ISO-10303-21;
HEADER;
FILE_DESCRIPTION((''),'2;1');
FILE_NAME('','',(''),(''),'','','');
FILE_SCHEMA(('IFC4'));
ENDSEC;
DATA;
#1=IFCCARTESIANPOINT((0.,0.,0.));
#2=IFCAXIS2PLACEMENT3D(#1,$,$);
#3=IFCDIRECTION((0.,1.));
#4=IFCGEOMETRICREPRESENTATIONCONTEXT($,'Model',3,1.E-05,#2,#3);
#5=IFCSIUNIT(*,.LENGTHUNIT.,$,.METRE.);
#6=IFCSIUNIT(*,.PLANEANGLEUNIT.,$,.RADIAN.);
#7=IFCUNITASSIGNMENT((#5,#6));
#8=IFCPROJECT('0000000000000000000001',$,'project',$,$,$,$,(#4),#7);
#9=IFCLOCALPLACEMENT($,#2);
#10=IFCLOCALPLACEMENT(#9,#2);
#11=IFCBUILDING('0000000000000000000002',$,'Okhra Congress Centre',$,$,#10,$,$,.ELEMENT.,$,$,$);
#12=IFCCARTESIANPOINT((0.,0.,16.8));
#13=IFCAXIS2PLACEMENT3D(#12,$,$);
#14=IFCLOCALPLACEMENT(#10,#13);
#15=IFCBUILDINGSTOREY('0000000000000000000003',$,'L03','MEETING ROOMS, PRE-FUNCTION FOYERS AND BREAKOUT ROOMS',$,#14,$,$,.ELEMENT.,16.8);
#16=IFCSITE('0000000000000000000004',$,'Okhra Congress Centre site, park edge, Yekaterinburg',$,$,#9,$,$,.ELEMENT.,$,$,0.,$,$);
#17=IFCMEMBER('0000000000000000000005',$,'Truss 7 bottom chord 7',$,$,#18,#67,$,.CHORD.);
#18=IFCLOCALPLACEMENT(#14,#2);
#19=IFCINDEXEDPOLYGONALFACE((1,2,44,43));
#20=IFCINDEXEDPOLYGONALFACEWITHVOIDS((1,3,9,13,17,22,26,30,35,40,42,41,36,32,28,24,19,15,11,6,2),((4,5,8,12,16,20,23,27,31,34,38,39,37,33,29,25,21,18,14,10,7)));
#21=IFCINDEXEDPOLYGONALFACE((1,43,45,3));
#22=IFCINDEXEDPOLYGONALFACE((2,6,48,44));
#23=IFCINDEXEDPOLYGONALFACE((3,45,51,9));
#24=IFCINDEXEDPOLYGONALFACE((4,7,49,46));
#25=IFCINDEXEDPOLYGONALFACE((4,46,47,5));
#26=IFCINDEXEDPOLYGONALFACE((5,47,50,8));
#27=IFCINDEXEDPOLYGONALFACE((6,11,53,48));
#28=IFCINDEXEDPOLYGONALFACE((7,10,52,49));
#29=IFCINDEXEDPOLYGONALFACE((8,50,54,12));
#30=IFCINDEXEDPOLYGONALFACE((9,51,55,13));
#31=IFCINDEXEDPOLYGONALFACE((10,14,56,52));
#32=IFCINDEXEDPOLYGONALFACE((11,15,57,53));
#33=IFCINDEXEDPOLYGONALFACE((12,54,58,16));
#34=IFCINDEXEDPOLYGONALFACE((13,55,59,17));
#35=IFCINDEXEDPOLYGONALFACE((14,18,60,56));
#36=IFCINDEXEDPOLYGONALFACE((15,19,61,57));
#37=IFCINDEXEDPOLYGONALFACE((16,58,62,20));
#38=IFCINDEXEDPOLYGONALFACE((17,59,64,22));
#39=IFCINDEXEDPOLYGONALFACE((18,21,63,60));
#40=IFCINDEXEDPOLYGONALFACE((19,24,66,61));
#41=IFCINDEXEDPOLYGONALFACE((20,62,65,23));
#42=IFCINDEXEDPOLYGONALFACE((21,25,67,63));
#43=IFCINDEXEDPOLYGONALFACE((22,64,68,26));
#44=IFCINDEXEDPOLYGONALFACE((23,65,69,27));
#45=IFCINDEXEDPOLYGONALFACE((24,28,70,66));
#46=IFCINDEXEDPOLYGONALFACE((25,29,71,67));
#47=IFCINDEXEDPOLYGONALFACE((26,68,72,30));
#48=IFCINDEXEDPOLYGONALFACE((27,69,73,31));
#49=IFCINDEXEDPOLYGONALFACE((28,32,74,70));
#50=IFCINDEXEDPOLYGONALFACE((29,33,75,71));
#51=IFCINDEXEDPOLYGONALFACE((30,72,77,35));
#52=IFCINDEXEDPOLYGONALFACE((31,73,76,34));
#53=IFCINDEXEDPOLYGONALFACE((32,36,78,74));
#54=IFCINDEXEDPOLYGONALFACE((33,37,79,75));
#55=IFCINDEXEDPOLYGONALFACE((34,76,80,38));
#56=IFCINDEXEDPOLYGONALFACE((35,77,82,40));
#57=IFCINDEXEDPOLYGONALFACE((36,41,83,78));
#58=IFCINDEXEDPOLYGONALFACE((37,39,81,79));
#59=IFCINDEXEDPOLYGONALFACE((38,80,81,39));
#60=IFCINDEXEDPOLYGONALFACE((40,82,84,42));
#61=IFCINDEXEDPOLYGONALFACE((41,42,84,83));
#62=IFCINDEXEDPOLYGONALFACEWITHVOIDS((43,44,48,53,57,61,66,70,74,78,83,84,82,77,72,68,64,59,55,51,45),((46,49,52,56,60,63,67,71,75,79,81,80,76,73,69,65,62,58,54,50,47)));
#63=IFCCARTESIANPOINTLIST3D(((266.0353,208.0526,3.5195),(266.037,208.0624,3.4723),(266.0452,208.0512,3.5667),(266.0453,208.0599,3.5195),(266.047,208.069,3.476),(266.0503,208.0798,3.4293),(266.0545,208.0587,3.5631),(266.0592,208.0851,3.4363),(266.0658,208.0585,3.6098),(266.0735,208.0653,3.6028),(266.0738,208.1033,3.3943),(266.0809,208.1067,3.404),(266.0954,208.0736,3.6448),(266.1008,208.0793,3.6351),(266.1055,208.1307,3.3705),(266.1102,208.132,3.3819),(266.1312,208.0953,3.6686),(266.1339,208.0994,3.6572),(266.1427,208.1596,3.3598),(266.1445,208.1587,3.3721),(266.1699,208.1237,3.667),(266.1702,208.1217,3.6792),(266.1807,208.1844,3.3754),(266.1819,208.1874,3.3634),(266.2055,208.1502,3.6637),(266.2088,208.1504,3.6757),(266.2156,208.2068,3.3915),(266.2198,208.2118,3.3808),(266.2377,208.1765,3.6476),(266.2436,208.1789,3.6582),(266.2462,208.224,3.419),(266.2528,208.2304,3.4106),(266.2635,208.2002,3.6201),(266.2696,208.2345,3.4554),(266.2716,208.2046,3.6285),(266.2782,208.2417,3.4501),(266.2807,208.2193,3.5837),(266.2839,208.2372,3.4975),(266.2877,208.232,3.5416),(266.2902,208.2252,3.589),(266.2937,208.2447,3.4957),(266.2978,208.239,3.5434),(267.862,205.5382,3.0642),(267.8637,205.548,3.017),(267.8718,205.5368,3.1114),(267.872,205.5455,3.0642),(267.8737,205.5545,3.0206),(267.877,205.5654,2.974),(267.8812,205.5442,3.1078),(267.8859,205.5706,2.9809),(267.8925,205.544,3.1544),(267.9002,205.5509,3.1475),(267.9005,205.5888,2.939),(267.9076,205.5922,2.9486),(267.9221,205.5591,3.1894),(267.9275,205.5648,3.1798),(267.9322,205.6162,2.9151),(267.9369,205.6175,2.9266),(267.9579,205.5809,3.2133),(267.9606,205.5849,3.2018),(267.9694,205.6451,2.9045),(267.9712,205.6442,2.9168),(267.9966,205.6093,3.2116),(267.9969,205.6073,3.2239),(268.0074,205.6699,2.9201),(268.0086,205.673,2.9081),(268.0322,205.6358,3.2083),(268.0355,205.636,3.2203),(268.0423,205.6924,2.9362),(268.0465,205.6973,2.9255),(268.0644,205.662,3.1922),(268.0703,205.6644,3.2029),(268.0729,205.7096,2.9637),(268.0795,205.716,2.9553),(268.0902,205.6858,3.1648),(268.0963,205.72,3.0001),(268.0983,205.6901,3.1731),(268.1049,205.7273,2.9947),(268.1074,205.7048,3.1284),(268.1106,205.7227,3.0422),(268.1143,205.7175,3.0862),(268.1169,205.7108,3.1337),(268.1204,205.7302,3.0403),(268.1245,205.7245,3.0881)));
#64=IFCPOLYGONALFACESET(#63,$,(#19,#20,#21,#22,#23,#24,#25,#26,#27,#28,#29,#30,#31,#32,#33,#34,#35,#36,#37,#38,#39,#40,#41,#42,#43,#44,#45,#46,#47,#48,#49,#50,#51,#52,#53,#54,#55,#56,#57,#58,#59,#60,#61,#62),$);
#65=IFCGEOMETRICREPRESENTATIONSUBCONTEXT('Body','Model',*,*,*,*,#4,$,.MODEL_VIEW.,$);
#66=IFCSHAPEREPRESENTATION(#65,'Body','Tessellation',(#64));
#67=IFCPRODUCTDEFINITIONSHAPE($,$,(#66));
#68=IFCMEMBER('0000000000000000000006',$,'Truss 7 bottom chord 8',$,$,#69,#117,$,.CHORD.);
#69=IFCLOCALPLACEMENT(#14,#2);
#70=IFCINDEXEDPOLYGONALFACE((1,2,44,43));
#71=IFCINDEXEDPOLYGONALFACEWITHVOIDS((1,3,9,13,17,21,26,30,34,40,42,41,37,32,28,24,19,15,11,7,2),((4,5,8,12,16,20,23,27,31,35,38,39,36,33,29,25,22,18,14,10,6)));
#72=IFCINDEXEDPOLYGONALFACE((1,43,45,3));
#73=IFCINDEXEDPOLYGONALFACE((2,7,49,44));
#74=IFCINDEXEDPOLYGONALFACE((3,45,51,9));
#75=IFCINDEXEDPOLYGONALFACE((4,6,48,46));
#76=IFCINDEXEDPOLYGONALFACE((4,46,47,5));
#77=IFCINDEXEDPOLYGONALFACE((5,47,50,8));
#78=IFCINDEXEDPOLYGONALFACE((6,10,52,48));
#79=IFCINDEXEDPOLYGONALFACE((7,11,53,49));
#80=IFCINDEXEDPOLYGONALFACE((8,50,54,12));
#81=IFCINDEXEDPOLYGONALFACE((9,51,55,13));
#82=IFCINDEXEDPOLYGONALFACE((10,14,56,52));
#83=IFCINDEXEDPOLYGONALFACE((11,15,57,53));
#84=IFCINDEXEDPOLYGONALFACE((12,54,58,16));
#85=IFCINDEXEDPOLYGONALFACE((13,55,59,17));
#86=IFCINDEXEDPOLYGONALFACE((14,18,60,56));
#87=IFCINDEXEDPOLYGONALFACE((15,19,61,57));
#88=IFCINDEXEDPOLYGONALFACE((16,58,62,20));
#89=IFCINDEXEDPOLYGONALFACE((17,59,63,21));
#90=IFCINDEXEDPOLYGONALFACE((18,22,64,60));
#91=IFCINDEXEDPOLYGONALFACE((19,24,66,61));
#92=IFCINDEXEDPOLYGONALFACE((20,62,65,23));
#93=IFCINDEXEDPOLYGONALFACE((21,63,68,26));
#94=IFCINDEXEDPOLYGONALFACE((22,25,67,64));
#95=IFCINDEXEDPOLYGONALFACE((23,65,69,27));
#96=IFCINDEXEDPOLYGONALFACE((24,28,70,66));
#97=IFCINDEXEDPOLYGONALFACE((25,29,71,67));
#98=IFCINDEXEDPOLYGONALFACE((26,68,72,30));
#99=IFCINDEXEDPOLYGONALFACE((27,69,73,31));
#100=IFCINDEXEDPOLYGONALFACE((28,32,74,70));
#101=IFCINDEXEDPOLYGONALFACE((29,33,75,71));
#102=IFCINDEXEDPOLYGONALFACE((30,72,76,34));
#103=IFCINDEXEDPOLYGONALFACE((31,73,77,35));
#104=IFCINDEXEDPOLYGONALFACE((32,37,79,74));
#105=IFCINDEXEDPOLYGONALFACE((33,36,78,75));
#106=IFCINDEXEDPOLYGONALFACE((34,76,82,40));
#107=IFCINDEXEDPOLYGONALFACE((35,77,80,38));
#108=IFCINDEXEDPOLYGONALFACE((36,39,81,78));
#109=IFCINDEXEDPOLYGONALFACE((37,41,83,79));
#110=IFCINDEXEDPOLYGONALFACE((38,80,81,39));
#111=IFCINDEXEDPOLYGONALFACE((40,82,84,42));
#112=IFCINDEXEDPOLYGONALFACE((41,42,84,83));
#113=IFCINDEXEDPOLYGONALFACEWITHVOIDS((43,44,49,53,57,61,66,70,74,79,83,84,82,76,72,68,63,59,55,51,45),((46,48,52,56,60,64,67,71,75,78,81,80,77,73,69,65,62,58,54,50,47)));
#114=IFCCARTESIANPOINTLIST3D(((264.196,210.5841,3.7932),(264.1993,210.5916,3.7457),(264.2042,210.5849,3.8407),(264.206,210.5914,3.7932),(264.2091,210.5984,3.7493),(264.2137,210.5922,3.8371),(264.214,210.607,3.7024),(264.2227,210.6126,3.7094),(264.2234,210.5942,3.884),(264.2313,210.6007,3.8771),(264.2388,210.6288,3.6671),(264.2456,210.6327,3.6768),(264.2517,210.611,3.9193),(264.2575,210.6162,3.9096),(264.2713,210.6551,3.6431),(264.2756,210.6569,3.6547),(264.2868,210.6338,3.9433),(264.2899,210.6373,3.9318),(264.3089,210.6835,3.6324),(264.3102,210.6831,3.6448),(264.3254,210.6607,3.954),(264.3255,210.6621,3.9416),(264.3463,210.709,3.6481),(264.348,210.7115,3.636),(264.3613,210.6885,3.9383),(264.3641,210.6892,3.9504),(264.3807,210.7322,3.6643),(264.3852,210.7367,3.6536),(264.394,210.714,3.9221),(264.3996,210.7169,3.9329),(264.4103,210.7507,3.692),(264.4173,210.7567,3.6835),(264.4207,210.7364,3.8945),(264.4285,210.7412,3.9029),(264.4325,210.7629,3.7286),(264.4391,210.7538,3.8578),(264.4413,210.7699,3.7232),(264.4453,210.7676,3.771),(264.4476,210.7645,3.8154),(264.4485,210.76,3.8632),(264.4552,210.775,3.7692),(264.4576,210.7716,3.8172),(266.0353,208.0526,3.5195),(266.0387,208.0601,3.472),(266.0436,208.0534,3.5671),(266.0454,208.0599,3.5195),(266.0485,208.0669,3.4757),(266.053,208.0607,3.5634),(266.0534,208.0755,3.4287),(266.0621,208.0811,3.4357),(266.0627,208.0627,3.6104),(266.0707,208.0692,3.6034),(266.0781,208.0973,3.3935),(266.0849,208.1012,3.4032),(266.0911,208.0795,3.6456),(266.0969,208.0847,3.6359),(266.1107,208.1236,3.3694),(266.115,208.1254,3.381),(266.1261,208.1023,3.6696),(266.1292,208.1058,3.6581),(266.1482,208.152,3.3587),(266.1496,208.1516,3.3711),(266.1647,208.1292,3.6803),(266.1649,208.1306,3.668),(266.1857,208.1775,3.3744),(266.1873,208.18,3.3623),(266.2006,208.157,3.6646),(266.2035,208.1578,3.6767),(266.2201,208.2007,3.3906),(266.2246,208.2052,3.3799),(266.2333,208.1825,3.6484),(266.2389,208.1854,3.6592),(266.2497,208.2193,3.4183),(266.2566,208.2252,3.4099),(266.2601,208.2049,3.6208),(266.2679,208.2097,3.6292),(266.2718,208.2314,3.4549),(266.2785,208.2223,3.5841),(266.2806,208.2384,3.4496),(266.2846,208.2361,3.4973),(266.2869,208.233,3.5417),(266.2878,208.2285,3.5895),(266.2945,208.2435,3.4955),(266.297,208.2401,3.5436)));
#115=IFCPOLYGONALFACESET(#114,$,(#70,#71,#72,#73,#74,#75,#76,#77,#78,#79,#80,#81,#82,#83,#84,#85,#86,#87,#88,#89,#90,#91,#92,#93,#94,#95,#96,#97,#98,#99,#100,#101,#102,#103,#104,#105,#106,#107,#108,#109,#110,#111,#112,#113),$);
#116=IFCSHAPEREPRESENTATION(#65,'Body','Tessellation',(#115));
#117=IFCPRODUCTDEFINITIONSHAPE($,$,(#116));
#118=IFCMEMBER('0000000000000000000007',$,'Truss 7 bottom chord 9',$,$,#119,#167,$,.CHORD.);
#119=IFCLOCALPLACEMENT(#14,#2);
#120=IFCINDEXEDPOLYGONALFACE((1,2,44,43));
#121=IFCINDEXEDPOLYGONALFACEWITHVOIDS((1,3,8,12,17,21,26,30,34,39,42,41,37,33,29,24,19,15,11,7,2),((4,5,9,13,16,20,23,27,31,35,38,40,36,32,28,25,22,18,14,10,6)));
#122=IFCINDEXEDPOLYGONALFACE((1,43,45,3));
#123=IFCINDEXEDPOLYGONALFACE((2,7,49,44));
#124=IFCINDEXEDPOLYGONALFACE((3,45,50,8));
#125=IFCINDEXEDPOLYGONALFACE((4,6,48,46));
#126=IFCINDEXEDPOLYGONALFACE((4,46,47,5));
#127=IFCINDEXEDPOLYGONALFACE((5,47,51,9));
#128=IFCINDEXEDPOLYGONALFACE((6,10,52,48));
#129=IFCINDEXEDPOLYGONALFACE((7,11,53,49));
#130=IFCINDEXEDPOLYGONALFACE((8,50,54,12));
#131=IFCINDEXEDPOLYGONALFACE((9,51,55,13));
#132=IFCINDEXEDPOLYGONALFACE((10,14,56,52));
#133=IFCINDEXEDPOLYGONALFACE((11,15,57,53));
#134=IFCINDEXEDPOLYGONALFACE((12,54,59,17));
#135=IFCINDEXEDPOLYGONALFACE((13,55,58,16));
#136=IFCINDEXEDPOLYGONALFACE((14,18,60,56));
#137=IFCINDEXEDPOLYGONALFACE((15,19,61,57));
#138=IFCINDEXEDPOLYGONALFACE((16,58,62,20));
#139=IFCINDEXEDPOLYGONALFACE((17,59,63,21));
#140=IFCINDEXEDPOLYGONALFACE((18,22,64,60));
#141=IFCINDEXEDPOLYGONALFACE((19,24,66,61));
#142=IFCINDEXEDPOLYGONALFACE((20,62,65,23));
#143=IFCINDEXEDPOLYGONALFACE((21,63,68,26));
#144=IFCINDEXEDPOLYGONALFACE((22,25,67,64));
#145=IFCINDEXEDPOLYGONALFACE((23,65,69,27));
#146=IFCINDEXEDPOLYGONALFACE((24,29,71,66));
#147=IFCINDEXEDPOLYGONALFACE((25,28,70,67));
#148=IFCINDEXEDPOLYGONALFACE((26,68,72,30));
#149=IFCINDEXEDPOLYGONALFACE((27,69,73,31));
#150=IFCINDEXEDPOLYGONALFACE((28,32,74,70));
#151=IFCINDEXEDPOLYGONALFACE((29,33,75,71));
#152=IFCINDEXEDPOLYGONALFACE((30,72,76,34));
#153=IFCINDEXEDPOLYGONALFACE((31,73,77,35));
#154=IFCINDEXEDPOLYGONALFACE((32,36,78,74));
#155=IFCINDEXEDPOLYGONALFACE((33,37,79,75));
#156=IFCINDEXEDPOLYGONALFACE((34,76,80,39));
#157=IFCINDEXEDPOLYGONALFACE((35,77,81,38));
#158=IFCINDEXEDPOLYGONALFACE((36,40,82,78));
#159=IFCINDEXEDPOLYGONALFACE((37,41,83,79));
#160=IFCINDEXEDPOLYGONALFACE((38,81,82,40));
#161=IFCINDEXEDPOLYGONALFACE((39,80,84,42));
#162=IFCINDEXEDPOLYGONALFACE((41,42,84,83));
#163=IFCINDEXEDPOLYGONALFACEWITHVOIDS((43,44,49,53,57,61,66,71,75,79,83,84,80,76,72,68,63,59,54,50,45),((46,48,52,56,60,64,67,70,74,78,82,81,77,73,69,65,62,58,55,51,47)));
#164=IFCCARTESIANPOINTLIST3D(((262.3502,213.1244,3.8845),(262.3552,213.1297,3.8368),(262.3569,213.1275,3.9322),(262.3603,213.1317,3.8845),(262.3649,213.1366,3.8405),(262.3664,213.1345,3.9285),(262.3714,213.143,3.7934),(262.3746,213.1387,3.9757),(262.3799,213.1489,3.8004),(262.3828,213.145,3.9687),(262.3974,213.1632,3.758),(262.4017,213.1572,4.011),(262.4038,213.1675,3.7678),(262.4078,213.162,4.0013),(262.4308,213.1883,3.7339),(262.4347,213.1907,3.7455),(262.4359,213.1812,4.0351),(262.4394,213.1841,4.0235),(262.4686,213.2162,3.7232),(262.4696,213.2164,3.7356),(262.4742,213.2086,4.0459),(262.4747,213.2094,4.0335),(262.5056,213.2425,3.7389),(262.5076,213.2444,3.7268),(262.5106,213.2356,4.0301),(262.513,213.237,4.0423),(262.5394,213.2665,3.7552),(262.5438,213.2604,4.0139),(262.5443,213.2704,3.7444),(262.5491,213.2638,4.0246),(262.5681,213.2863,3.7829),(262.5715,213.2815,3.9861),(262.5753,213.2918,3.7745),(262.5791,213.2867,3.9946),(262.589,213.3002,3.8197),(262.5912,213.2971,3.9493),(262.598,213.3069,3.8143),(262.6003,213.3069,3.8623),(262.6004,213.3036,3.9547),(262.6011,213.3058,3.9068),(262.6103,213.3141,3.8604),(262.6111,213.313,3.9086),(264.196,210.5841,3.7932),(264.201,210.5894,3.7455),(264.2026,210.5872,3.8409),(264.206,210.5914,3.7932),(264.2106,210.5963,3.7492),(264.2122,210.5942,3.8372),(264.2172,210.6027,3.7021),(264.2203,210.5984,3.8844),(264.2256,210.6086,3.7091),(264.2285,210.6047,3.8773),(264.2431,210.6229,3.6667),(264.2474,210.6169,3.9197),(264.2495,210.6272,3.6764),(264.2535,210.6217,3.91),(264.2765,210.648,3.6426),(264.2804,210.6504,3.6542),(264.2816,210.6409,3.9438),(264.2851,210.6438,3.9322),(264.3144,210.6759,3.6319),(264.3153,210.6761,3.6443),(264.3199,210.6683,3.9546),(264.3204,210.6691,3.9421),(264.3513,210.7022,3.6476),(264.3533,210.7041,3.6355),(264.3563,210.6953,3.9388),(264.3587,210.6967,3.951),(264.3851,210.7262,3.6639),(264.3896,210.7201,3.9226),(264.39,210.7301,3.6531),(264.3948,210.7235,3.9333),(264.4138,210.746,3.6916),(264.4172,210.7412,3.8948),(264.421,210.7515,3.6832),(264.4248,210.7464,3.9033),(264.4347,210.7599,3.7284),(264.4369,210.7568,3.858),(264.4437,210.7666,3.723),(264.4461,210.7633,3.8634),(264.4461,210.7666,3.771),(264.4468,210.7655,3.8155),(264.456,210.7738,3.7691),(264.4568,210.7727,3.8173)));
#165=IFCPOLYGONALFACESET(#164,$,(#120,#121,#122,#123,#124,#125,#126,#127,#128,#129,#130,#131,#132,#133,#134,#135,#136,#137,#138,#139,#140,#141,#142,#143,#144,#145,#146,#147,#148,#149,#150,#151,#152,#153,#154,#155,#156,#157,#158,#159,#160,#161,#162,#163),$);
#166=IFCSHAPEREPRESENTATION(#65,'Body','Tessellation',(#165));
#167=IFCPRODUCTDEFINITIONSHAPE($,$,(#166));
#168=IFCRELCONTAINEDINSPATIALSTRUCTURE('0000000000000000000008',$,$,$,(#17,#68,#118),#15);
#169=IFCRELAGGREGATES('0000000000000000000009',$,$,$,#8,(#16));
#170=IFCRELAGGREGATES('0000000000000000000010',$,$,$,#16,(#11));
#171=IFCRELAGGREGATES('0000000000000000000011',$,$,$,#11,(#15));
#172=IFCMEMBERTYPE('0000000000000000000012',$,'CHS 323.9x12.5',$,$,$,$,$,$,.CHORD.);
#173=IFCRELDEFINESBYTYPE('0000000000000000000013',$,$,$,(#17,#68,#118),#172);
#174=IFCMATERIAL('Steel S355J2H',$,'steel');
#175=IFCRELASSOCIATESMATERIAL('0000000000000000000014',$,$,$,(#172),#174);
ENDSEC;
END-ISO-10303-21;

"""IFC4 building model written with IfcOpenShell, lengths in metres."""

from ifc_helpers import new_model, si_unit, direction, frame, origin, origin_2d, place, context, subcontext, project, spatial, hollow_circle, extrude, material, material_profile, profile_set, type_object, element, save


model = new_model("IFC4")

# Units and contexts
model_context = context("Model", 3, precision=1e-05, world=origin(), true_north=direction((0.0, 1.0)))
body_context = subcontext(model_context, "Body", "Model", "MODEL_VIEW")
ifc_project = project(units=[si_unit("LENGTHUNIT", "METRE"), si_unit("PLANEANGLEUNIT", "RADIAN")], contexts=[model_context])

# Site, building, storey
site_placement = place(None, origin())
site = spatial("IfcSite", under=ifc_project, at=site_placement, Name="Okhra Congress Centre site, park edge, Yekaterinburg", CompositionType="ELEMENT", RefElevation=0.0)
building_placement = place(site_placement, origin())
building = spatial("IfcBuilding", under=site, at=building_placement, Name="Okhra Congress Centre", CompositionType="ELEMENT")
storey_placement = place(building_placement, frame((0.0, 0.0, 16.8)))
storey = spatial("IfcBuildingStorey", under=building, at=storey_placement, Name="L03", Description="MEETING ROOMS, PRE-FUNCTION FOYERS AND BREAKOUT ROOMS", CompositionType="ELEMENT", Elevation=16.8)

# Members
ifc_material_1 = material(Name="Steel S355J2H", Category="steel")
ifc_material_profile_1 = material_profile(ifc_material_1, hollow_circle(Radius=0.1619, WallThickness=0.0125, at=origin_2d()), Name="CHS 323.9x12.5")
ifc_profile_set_1 = profile_set([ifc_material_profile_1], Name="Steel S355J2H")
member_type_1 = type_object("IfcMemberType", Name="CHS 323.9x12.5", PredefinedType="CHORD", material=ifc_profile_set_1)
for number, where, z_axis, x_axis, name in (
    (1, (267.9929, 205.6333, 3.0642), (-0.581543, 0.800496, 0.144958), (-0.809042, -0.587751, 0.0), "Truss 7 bottom chord 7"),
    (2, (266.1663, 208.1477, 3.5195), (-0.585574, 0.805923, 0.087129), (-0.808999, -0.58781, 0.0), "Truss 7 bottom chord 8"),
):
    element("IfcMember", number, at=place(storey_placement, frame(where, z_axis=z_axis, x_axis=x_axis)), inside=storey, type_object=member_type_1, Name=name, PredefinedType="CHORD", context=body_context, shape_type="SweptSolid", body=[
        extrude(hollow_circle(Radius=0.1619, WallThickness=0.0125, at=origin_2d()), origin(), (0.0, 0.0, 1.0), 3.1411),
    ])
member_1_placement = place(storey_placement, frame((264.3269, 210.6792, 3.7932), z_axis=(-0.587553, 0.808663, 0.029067), x_axis=(-0.809005, -0.587802, 0.0)))
element("IfcMember", 3, at=member_1_placement, inside=storey, type_object=member_type_1, Name="Truss 7 bottom chord 9", PredefinedType="CHORD", context=body_context, shape_type="SweptSolid", body=[
    extrude(hollow_circle(Radius=0.1619, WallThickness=0.0125, at=origin_2d()), origin(), (0.0, 0.0, 1.0), 3.1414),
])

save(model, "model.ifc")
